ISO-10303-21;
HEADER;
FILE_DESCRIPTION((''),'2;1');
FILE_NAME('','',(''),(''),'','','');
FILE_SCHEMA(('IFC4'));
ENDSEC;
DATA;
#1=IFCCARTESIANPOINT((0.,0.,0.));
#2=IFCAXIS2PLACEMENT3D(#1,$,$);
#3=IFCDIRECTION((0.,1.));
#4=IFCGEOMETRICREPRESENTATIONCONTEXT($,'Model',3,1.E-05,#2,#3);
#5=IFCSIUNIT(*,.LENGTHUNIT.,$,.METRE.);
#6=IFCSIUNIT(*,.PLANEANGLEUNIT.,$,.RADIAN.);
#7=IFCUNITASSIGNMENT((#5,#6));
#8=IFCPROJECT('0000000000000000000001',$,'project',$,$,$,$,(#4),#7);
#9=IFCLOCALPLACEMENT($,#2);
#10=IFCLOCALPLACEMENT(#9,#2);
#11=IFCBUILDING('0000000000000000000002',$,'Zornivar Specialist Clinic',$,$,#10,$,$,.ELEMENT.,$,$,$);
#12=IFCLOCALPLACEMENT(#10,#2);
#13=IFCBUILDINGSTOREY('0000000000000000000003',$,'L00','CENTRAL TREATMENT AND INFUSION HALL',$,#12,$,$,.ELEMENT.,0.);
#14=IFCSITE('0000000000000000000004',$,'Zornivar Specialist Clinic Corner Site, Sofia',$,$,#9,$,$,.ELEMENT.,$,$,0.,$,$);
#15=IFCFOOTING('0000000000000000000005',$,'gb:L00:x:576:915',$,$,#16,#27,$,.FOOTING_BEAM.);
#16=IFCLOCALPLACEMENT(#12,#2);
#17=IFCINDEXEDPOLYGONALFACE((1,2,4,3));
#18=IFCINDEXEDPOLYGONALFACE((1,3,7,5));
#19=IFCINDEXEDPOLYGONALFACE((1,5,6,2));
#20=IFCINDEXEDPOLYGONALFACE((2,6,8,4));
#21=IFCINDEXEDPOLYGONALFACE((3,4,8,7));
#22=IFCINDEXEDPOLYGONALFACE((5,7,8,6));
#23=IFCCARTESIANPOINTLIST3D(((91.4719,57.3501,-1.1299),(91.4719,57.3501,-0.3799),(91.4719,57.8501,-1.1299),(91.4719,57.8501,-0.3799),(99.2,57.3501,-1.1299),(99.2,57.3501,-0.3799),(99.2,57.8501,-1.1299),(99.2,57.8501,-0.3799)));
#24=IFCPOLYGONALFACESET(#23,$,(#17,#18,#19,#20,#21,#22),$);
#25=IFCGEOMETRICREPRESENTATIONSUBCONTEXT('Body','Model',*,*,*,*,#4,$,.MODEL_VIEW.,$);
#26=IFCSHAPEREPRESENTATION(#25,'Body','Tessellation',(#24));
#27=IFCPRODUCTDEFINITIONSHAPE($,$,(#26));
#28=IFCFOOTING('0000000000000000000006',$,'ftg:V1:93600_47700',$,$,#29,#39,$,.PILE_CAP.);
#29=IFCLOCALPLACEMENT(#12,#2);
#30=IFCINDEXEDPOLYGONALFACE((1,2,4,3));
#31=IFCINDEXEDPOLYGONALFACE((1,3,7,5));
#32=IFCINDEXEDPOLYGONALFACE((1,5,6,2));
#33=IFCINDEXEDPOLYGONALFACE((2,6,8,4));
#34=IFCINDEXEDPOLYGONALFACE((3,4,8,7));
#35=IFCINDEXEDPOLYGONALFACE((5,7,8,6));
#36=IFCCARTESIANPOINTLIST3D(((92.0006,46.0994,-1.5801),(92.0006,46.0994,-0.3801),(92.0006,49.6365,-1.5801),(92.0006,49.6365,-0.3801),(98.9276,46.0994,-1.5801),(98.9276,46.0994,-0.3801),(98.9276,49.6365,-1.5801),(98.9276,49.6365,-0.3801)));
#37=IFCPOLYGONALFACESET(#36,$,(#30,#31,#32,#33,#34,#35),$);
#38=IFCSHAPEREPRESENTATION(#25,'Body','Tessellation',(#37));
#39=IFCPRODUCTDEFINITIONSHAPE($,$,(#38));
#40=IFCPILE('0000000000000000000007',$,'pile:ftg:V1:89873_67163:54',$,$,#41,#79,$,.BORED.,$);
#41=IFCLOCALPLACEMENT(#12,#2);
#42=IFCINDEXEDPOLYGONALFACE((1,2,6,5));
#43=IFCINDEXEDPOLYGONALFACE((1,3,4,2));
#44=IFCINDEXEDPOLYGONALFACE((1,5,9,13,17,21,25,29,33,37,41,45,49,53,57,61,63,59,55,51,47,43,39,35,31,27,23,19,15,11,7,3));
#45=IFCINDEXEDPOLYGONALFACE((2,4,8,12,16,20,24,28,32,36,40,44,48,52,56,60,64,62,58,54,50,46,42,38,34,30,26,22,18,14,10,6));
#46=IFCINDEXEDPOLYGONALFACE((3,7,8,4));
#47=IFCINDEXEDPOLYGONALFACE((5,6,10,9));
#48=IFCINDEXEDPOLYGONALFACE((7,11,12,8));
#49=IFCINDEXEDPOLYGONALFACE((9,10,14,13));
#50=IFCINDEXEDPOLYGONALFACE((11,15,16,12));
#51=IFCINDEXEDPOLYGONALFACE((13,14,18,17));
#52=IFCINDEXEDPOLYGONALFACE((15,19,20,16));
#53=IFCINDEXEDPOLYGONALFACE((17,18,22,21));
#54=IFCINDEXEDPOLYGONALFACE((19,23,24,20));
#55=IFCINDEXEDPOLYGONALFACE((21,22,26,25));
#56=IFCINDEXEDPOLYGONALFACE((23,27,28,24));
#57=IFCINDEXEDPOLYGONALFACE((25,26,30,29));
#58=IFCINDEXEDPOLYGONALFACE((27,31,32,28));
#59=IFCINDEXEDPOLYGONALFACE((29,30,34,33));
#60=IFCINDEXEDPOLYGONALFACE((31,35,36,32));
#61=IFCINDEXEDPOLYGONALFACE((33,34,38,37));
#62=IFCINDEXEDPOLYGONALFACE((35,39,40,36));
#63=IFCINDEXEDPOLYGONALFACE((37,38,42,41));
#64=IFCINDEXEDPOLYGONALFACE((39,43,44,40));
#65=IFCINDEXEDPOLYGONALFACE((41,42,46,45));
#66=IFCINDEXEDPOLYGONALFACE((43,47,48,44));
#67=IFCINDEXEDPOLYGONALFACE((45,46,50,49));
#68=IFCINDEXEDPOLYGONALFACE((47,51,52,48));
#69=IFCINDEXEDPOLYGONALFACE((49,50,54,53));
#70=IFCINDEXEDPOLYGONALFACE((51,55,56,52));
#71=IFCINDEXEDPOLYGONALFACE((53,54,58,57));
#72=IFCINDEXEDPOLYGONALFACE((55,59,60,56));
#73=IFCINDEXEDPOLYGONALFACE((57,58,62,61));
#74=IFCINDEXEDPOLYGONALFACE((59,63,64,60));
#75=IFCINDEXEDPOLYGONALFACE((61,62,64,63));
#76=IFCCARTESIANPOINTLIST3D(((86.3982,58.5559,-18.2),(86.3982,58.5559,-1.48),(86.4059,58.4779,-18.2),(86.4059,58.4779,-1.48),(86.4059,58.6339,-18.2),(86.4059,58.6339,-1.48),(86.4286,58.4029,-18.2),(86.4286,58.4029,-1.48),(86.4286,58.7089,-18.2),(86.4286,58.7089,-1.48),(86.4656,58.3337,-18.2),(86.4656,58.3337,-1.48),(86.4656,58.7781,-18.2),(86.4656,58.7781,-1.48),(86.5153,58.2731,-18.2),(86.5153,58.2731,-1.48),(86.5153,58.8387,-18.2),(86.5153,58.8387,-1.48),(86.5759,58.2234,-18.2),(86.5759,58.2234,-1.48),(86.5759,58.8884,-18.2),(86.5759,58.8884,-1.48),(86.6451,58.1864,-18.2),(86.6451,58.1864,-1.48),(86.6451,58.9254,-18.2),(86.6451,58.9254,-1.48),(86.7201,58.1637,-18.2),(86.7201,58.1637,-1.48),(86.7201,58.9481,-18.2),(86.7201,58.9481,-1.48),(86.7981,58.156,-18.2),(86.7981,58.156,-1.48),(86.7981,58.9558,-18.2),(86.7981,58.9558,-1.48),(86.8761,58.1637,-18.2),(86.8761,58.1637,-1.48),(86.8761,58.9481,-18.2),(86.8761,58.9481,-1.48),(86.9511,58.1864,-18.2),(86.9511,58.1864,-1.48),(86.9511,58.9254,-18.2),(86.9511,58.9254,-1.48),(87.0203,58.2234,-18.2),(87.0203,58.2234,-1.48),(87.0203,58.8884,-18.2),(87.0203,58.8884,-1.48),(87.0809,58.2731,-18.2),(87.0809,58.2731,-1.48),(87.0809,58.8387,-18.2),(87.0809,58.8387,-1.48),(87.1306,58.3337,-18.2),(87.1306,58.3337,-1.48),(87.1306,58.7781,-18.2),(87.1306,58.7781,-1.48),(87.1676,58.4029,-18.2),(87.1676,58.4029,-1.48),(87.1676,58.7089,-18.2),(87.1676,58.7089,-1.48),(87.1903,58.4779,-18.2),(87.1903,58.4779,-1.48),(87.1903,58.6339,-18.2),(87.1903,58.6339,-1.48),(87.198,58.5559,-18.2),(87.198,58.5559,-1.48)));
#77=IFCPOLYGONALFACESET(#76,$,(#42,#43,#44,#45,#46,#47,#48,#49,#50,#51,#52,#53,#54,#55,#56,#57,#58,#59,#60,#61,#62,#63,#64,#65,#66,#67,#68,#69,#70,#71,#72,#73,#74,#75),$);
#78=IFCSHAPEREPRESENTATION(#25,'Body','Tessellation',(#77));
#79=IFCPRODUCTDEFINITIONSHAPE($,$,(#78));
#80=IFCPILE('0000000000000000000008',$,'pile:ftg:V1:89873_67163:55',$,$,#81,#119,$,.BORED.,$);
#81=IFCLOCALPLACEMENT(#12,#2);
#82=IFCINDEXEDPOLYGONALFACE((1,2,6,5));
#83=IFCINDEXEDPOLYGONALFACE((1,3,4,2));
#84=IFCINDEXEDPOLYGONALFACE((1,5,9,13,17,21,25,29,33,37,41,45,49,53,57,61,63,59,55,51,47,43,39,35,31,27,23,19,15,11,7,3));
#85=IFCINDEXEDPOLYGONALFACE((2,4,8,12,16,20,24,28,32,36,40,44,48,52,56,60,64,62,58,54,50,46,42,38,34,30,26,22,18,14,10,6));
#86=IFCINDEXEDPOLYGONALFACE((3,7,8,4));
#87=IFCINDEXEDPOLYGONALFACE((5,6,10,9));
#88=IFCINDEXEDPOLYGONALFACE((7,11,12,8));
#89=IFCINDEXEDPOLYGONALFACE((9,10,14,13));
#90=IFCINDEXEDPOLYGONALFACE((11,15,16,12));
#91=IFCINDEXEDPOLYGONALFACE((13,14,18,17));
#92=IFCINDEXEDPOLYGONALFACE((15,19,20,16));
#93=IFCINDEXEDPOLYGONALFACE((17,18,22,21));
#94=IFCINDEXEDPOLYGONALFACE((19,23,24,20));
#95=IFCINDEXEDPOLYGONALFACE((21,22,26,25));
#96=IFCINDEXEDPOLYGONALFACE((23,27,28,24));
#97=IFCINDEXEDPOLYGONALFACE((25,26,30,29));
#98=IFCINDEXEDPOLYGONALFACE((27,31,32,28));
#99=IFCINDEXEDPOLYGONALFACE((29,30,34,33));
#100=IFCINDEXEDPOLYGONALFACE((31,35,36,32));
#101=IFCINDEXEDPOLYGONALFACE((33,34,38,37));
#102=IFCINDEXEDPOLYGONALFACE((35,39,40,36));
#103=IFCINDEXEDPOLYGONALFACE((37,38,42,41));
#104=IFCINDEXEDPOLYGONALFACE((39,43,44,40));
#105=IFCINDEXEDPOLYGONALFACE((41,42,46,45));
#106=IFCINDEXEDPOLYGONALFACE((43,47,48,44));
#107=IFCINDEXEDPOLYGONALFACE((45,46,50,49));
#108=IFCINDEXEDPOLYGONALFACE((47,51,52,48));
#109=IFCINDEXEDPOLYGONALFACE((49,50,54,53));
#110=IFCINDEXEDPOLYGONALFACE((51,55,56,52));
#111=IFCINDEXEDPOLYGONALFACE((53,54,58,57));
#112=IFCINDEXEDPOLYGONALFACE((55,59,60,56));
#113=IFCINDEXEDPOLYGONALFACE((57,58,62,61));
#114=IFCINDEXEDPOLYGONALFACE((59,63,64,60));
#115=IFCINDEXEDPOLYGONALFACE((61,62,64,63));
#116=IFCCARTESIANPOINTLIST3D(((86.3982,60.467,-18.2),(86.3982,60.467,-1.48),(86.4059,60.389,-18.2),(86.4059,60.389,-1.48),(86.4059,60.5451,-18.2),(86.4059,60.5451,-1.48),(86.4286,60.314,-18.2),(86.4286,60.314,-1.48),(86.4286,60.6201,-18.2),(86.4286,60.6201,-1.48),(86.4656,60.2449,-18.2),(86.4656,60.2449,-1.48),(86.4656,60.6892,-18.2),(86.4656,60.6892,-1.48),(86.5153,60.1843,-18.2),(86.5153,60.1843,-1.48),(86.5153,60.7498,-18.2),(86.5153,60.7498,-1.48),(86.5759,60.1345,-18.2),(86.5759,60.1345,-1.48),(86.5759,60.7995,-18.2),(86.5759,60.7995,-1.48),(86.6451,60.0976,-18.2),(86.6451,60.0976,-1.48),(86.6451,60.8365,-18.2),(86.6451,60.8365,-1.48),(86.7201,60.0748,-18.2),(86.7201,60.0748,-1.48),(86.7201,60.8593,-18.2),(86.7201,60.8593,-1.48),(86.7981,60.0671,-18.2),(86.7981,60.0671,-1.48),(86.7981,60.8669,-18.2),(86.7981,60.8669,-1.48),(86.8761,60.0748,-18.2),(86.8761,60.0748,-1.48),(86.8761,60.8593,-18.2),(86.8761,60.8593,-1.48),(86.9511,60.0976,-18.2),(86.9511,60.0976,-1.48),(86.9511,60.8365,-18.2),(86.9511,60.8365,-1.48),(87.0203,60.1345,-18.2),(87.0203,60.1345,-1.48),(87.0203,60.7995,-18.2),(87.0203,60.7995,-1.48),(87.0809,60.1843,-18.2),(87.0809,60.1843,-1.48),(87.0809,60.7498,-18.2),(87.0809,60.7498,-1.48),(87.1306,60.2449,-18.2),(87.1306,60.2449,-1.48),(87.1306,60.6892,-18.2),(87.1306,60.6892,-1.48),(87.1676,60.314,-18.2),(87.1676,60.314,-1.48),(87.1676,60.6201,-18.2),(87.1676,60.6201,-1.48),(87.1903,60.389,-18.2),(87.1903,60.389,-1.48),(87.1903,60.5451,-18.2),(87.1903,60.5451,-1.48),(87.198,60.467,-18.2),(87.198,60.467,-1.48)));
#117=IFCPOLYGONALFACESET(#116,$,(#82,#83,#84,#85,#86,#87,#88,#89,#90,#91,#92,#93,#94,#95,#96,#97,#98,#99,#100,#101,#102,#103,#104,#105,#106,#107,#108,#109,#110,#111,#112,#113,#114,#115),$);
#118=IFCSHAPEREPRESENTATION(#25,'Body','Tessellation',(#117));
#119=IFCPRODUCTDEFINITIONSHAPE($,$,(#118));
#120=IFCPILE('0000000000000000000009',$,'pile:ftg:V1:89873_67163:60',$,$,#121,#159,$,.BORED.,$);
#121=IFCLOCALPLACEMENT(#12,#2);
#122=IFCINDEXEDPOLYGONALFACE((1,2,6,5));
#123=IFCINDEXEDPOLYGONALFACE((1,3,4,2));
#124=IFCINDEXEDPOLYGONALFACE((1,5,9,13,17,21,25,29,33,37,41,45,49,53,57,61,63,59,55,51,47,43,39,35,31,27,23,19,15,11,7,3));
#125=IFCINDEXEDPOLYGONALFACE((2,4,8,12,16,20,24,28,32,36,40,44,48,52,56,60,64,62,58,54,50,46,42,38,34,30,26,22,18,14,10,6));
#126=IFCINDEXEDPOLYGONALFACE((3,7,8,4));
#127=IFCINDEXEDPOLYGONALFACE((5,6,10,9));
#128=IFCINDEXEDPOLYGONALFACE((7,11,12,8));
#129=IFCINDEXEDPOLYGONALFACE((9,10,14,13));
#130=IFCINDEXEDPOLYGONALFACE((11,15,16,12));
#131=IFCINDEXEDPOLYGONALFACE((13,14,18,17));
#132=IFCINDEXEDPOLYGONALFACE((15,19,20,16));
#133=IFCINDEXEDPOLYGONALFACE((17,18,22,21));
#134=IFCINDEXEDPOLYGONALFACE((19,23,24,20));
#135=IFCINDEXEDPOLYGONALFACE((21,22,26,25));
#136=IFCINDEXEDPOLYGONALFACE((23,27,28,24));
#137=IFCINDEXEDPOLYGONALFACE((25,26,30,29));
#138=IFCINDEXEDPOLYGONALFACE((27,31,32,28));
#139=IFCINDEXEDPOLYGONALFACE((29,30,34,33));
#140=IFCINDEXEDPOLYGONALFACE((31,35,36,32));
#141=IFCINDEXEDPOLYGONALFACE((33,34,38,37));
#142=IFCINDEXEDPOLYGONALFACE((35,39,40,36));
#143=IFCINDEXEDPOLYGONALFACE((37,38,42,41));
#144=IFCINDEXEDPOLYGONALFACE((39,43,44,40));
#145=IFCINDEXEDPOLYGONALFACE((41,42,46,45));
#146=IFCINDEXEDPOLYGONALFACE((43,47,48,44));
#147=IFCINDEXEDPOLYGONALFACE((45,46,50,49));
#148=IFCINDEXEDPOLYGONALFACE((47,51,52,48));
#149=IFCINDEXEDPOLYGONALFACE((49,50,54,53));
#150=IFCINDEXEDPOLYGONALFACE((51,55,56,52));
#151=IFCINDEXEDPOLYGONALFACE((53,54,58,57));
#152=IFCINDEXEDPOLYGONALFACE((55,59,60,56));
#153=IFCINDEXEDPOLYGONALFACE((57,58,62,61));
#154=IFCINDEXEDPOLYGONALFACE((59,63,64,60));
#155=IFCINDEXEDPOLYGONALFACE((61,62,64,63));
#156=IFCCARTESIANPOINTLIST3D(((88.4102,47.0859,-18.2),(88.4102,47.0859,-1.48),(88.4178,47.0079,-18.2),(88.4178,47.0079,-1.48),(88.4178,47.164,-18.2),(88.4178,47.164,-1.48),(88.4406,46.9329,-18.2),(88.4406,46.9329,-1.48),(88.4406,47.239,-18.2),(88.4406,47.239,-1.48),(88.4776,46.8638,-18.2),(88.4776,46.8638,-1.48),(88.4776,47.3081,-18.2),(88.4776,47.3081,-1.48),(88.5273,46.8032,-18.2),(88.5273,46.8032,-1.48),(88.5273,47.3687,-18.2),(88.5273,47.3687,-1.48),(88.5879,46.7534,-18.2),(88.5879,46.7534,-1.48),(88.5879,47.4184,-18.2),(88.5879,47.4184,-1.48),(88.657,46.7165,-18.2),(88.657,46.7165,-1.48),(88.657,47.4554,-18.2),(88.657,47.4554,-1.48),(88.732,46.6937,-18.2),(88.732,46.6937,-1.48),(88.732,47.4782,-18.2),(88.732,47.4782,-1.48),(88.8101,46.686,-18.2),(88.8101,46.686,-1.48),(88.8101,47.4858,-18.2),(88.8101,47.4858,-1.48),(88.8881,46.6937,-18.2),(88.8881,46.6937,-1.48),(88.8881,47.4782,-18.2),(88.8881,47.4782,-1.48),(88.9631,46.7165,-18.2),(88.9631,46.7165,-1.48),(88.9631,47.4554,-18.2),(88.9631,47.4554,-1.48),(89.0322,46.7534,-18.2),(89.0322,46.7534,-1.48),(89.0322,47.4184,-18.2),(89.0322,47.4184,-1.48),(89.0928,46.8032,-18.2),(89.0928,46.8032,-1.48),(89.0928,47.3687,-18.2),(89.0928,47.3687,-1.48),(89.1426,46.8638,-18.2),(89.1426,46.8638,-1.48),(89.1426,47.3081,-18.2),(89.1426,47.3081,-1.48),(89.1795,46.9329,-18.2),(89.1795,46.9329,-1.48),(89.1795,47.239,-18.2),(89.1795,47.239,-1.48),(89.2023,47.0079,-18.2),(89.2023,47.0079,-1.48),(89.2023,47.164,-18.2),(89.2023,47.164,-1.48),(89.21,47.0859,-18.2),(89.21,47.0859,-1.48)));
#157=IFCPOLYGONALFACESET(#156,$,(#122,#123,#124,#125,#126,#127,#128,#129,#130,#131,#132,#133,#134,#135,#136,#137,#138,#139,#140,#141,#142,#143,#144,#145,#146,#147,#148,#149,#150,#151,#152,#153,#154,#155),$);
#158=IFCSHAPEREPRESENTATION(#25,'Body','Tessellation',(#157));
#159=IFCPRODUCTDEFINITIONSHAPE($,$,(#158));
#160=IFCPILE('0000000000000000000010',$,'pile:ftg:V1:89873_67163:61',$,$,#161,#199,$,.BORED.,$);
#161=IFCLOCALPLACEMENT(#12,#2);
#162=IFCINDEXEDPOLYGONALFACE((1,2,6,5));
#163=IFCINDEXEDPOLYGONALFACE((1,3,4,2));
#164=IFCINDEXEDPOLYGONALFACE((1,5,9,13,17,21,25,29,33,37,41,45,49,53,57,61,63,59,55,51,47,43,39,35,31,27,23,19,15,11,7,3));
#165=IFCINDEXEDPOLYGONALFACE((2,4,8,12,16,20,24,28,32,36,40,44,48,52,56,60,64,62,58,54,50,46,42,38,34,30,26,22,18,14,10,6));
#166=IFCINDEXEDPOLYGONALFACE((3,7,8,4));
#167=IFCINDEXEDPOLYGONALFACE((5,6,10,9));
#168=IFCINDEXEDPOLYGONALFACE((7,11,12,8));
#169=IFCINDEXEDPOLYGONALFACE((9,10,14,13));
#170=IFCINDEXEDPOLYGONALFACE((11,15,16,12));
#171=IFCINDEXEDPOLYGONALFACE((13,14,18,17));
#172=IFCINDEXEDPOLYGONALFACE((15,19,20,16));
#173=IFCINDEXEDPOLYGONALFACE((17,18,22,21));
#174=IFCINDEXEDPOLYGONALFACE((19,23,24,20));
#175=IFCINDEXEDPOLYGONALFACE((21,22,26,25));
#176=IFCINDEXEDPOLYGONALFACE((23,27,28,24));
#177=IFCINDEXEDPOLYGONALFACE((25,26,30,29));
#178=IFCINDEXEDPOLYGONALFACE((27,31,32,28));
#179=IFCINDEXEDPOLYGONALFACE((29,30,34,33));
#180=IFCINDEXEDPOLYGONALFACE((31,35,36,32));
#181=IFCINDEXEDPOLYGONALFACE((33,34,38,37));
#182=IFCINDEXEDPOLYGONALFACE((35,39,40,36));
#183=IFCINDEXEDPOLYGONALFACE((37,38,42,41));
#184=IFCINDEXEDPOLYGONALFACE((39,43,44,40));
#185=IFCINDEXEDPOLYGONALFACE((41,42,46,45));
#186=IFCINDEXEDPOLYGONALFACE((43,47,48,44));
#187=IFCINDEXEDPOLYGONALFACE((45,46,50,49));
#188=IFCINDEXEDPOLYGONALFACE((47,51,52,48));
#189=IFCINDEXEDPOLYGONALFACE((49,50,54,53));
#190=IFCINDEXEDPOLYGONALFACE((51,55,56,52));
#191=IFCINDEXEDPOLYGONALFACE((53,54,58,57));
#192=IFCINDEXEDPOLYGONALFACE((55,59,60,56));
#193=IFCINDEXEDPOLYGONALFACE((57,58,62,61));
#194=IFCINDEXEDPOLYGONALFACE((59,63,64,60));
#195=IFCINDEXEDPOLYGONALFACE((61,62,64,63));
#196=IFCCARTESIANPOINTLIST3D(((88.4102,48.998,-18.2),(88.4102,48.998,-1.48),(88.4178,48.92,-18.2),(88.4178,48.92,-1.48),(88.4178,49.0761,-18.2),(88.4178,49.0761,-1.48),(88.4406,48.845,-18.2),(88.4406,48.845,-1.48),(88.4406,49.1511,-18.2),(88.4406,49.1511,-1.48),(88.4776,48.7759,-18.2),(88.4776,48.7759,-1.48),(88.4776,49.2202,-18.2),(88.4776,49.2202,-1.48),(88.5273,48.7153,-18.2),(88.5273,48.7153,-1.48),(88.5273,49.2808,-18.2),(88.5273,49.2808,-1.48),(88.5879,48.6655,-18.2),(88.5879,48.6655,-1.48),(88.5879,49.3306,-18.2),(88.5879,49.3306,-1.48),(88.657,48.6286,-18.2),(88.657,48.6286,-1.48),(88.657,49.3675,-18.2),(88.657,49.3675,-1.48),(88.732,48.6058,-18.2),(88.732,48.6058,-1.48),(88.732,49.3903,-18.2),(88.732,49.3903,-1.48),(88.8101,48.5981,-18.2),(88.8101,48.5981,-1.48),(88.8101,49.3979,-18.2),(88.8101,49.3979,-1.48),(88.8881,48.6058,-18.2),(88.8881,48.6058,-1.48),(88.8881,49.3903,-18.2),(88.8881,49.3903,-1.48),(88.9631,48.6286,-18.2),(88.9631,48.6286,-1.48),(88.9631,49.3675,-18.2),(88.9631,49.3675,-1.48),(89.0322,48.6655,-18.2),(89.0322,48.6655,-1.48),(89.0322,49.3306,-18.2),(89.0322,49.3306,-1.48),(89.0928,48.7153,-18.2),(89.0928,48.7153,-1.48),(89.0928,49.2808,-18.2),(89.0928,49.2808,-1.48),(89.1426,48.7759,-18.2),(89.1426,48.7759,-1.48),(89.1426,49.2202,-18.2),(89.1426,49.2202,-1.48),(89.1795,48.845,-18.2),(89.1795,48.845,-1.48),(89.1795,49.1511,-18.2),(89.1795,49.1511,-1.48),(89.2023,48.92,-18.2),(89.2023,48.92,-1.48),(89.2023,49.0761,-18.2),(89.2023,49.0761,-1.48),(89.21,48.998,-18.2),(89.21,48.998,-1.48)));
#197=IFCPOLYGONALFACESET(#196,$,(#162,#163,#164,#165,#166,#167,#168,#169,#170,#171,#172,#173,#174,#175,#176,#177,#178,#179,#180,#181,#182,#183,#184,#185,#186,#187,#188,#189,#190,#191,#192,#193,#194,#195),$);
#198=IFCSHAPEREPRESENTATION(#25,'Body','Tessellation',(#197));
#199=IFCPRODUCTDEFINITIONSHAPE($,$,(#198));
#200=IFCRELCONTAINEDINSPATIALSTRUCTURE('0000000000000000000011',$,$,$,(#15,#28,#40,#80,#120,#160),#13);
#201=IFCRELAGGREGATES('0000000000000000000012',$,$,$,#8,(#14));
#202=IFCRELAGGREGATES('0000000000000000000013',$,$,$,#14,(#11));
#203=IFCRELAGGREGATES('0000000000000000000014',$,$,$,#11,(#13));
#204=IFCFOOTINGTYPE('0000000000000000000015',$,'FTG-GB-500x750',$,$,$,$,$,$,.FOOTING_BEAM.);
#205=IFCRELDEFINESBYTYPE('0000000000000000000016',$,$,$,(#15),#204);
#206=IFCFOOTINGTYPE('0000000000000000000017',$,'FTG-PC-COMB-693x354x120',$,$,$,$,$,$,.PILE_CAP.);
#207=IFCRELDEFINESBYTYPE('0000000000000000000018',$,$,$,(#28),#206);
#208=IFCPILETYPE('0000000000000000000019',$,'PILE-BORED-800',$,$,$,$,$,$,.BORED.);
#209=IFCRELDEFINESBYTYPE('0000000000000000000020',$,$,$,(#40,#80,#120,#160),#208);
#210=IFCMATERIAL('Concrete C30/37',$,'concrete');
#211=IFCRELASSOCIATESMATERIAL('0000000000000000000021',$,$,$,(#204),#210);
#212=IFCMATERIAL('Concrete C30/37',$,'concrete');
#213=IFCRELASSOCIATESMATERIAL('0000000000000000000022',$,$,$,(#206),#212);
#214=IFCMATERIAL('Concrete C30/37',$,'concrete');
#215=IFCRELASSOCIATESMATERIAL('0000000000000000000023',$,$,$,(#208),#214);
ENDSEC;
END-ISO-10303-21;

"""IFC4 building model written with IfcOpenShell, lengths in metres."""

from ifc_helpers import new_model, si_unit, direction, frame, origin, origin_2d, place, context, subcontext, project, spatial, rectangle, circle, extrude, material, material_profile, profile_set, type_object, element, save


model = new_model("IFC4")

# Units and contexts
model_context = context("Model", 3, precision=1e-05, world=origin(), true_north=direction((0.0, 1.0)))
body_context = subcontext(model_context, "Body", "Model", "MODEL_VIEW")
ifc_project = project(units=[si_unit("LENGTHUNIT", "METRE"), si_unit("PLANEANGLEUNIT", "RADIAN")], contexts=[model_context])

# Site, building, storey
site_placement = place(None, origin())
site = spatial("IfcSite", under=ifc_project, at=site_placement, Name="Zornivar Specialist Clinic Corner Site, Sofia", CompositionType="ELEMENT", RefElevation=0.0)
building_placement = place(site_placement, origin())
building = spatial("IfcBuilding", under=site, at=building_placement, Name="Zornivar Specialist Clinic", CompositionType="ELEMENT")
storey_placement = place(building_placement, origin())
storey = spatial("IfcBuildingStorey", under=building, at=storey_placement, Name="L00", Description="CENTRAL TREATMENT AND INFUSION HALL", CompositionType="ELEMENT", Elevation=0.0)

# Footings
ifc_material_1 = material(Name="Concrete C30/37", Category="concrete")
ifc_material_profile_1 = material_profile(ifc_material_1, rectangle(XDim=0.5, YDim=0.75, at=origin_2d()), Name="RC 500x750")
ifc_profile_set_1 = profile_set([ifc_material_profile_1], Name="Concrete C30/37")
footing_type_1 = type_object("IfcFootingType", Name="FTG-GB-500x750", PredefinedType="FOOTING_BEAM", material=ifc_profile_set_1)
footing_1_placement = place(storey_placement, frame((91.4719, 57.6001, -0.7549), z_axis=(1.0, 0.0, 0.0), x_axis=(0.0, 1.0, 0.0)))
element("IfcFooting", 1, at=footing_1_placement, inside=storey, type_object=footing_type_1, Name="gb:L00:x:576:915", PredefinedType="FOOTING_BEAM", context=body_context, shape_type="SweptSolid", body=[
    extrude(rectangle(XDim=0.5, YDim=0.75, at=origin_2d()), origin(), (0.0, 0.0, 1.0), 7.728),
])
ifc_material_2 = material(Name="Concrete C30/37", Category="concrete")
footing_type_2 = type_object("IfcFootingType", Name="FTG-PC-COMB-693x354x120", PredefinedType="PILE_CAP", material=ifc_material_2)
footing_2_placement = place(storey_placement, frame((95.4641, 47.8679, -1.5801), z_axis=(0.0, 0.0, 1.0), x_axis=(1.0, 0.0, 0.0)))
element("IfcFooting", 2, at=footing_2_placement, inside=storey, type_object=footing_type_2, Name="ftg:V1:93600_47700", PredefinedType="PILE_CAP", context=body_context, shape_type="SweptSolid", body=[
    extrude(rectangle(XDim=6.927, YDim=3.5371, at=origin_2d()), origin(), (0.0, 0.0, 1.0), 1.2),
])

# Piles
ifc_material_3 = material(Name="Concrete C30/37", Category="concrete")
ifc_material_profile_2 = material_profile(ifc_material_3, circle(Radius=0.3999, at=origin_2d()), Name="PILE D800")
ifc_profile_set_2 = profile_set([ifc_material_profile_2], Name="Concrete C30/37")
pile_type = type_object("IfcPileType", Name="PILE-BORED-800", PredefinedType="BORED", material=ifc_profile_set_2)
for number, where, z_axis, x_axis, name in (
    (3, (86.7981, 58.5559, -1.48), (0.0, 0.0, -1.0), (1.0, 0.0, 0.0), "pile:ftg:V1:89873_67163:54"),
    (4, (86.7981, 60.467, -1.48), (0.0, 0.0, -1.0), (1.0, 0.0, 0.0), "pile:ftg:V1:89873_67163:55"),
    (5, (88.8101, 47.0859, -1.48), (0.0, 0.0, -1.0), (1.0, 0.0, 0.0), "pile:ftg:V1:89873_67163:60"),
    (6, (88.8101, 48.998, -1.48), (0.0, 0.0, -1.0), (1.0, 0.0, 0.0), "pile:ftg:V1:89873_67163:61"),
):
    element("IfcPile", number, at=place(storey_placement, frame(where, z_axis=z_axis, x_axis=x_axis)), inside=storey, type_object=pile_type, Name=name, PredefinedType="BORED", context=body_context, shape_type="SweptSolid", body=[
        extrude(circle(Radius=0.3999, at=origin_2d()), origin(), (0.0, 0.0, 1.0), 16.72),
    ])

save(model, "model.ifc")
